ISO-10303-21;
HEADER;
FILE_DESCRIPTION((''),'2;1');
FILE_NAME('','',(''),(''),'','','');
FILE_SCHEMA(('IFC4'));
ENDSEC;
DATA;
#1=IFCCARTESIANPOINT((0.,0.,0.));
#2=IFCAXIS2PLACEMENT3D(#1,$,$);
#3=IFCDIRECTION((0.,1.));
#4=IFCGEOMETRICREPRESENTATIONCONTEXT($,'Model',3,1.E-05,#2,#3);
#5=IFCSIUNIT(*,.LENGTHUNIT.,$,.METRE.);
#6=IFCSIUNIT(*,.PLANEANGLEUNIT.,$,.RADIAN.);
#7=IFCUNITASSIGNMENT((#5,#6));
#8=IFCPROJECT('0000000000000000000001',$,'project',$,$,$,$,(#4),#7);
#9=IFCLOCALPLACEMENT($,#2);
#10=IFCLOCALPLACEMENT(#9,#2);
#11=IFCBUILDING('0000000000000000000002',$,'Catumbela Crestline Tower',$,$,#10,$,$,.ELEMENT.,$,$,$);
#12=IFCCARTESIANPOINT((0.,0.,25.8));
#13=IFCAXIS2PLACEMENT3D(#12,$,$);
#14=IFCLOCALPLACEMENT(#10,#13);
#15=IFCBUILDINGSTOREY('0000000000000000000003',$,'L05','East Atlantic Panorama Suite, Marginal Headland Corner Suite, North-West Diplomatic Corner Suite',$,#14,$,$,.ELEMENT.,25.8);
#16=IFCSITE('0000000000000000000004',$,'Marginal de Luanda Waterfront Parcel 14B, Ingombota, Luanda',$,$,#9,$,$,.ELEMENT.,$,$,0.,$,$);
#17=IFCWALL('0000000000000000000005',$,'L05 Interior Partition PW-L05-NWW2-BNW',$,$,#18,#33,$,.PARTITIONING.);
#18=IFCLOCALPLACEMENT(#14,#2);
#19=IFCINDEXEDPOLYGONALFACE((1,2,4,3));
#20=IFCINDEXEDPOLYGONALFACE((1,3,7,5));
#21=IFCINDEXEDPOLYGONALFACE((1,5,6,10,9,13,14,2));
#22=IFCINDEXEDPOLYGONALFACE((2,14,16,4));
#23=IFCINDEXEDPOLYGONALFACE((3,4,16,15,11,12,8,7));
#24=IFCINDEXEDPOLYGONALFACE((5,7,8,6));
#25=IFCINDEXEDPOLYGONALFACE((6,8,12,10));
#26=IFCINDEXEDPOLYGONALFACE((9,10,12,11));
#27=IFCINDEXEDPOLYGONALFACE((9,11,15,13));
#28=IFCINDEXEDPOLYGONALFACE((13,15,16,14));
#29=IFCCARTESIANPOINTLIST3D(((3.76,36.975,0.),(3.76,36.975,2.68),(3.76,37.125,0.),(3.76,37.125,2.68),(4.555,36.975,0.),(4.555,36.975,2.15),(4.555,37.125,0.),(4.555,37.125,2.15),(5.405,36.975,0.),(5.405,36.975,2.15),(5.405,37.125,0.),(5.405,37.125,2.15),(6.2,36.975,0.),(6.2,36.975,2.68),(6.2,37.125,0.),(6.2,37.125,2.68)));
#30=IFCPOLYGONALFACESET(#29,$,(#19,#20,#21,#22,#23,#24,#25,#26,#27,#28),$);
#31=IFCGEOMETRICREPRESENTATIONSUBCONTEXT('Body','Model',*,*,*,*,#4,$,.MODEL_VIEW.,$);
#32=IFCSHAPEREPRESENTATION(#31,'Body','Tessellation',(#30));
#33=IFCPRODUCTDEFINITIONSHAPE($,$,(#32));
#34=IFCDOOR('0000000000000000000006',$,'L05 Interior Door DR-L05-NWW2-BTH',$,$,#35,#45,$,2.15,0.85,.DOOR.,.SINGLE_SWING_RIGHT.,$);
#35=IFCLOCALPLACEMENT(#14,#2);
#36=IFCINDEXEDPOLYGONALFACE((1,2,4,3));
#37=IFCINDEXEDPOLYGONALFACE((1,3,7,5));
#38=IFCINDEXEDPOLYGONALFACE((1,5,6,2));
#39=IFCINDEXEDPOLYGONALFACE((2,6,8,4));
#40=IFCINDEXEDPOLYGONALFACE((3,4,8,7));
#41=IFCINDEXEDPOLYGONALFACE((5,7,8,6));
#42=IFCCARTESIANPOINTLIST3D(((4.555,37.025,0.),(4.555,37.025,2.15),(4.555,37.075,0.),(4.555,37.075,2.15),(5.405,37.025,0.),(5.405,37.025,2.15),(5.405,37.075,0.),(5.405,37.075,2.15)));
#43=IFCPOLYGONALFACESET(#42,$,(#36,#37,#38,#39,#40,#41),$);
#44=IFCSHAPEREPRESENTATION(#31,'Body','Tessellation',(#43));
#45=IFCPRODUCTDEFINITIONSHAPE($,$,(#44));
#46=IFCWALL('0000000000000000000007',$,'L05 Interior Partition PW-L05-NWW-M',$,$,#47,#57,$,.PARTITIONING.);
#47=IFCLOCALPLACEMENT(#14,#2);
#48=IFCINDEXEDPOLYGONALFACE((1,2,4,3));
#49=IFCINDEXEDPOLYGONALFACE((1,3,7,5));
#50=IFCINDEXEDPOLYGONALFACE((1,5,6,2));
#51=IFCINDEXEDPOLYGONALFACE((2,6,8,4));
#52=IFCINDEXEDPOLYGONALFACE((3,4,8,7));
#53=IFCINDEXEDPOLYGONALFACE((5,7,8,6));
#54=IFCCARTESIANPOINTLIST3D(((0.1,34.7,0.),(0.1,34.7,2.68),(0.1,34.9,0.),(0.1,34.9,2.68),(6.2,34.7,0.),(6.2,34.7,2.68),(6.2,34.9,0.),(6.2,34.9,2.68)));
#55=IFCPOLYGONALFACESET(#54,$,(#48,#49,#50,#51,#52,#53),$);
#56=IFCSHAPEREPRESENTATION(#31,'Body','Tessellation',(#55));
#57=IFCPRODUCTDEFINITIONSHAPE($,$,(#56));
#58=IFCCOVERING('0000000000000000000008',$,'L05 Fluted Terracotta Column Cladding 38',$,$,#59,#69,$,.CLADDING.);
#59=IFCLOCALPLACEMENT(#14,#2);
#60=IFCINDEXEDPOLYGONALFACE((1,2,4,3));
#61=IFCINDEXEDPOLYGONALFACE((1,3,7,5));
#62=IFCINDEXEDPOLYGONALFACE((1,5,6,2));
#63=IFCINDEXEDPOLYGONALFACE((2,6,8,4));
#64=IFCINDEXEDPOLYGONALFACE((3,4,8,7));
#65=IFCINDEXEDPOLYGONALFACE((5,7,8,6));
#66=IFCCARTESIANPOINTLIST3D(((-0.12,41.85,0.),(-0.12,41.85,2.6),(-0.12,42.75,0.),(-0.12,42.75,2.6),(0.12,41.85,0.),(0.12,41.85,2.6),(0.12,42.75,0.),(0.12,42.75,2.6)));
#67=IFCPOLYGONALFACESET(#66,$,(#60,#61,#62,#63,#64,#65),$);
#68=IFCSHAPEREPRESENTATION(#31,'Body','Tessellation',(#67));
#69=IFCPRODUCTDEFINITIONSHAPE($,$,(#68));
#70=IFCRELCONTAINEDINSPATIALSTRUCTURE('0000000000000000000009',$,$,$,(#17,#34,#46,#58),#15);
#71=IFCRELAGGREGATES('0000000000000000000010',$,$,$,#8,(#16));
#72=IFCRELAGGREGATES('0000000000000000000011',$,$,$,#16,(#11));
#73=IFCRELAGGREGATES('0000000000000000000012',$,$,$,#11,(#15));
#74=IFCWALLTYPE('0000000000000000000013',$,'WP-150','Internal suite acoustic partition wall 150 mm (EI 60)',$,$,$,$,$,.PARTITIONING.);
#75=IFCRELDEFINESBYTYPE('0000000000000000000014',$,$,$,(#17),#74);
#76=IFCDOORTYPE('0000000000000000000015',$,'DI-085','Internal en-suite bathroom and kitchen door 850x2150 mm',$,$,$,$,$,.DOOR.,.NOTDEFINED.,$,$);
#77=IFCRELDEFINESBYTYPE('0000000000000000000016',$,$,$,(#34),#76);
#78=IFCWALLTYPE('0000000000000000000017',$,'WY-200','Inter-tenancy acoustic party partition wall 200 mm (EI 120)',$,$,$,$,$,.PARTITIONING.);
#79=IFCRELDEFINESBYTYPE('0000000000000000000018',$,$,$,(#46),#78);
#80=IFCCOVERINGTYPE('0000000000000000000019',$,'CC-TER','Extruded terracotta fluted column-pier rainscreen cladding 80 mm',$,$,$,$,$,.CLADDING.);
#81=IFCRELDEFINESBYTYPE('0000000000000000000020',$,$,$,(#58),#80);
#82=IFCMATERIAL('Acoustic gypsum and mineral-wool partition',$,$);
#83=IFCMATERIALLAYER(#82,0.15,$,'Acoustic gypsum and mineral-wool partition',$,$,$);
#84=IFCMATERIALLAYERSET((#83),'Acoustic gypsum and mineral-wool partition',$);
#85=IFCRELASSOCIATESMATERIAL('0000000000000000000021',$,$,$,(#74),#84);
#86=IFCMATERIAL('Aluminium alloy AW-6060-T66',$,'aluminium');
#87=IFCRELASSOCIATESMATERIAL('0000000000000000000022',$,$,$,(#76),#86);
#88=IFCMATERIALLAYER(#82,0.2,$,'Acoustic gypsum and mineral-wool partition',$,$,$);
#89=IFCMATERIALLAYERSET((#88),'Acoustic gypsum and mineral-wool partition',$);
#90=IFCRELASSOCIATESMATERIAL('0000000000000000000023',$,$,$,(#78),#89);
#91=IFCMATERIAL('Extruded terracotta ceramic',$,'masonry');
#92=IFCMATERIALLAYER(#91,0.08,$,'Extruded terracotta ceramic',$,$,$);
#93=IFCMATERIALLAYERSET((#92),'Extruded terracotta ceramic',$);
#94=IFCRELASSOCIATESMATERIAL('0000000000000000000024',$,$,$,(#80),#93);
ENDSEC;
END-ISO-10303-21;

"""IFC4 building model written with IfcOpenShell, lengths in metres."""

from ifc_helpers import new_model, si_unit, direction, frame, frame_2d, origin, origin_2d, place, context, subcontext, project, spatial, rectangle, extrude, material, layer, layer_set, type_object, element, fill, save


model = new_model("IFC4")

# Units and contexts
model_context = context("Model", 3, precision=1e-05, world=origin(), true_north=direction((0.0, 1.0)))
body_context = subcontext(model_context, "Body", "Model", "MODEL_VIEW")
ifc_project = project(units=[si_unit("LENGTHUNIT", "METRE"), si_unit("PLANEANGLEUNIT", "RADIAN")], contexts=[model_context])

# Site, building, storey
site_placement = place(None, origin())
site = spatial("IfcSite", under=ifc_project, at=site_placement, Name="Marginal de Luanda Waterfront Parcel 14B, Ingombota, Luanda", CompositionType="ELEMENT", RefElevation=0.0)
building_placement = place(site_placement, origin())
building = spatial("IfcBuilding", under=site, at=building_placement, Name="Catumbela Crestline Tower", CompositionType="ELEMENT")
storey_placement = place(building_placement, frame((0.0, 0.0, 25.8)))
storey = spatial("IfcBuildingStorey", under=building, at=storey_placement, Name="L05", Description="East Atlantic Panorama Suite, Marginal Headland Corner Suite, North-West Diplomatic Corner Suite", CompositionType="ELEMENT", Elevation=25.8)

# Shared definitions
ifc_material_1 = material(Name="Aluminium alloy AW-6060-T66", Category="aluminium")

# Shared definitions
ifc_material_2 = material(Name="Acoustic gypsum and mineral-wool partition")

# Shared definitions
ifc_layer_1 = layer(ifc_material_2, 0.15, Name="Acoustic gypsum and mineral-wool partition")
ifc_layer_set_1 = layer_set([ifc_layer_1], Name="Acoustic gypsum and mineral-wool partition")
wall_type_1 = type_object("IfcWallType", Name="WP-150", Description="Internal suite acoustic partition wall 150 mm (EI 60)", PredefinedType="PARTITIONING", material=ifc_layer_set_1)

# Wall, opening, door
wall_1_placement = place(storey_placement, frame((3.76, 37.05, 0.0), z_axis=(0.0, 0.0, 1.0), x_axis=(1.0, 0.0, 0.0)))
wall_1 = element("IfcWall", 1, at=wall_1_placement, inside=storey, type_object=wall_type_1, Name="L05 Interior Partition PW-L05-NWW2-BNW", PredefinedType="PARTITIONING", context=body_context, shape_type="SweptSolid", body=[
    extrude(rectangle(XDim=2.44, YDim=0.15, at=frame_2d((1.22, 0.0))), origin(), (0.0, 0.0, 1.0), 2.68),
])
opening_1_placement = place(wall_1_placement, frame((0.795, 0.0, 0.0)))
opening_1 = element("IfcOpeningElement", 2, at=opening_1_placement, cuts=wall_1, PredefinedType="OPENING", context=body_context, shape_type="SweptSolid", body=[
    extrude(rectangle(XDim=0.85, YDim=2.15, at=frame_2d((0.425, 1.075))), frame((0.0, 0.085, 0.0), z_axis=(0.0, -1.0, 0.0), x_axis=(1.0, 0.0, 0.0)), (0.0, 0.0, 1.0), 0.17),
])
door_type_1 = type_object("IfcDoorType", Name="DI-085", Description="Internal en-suite bathroom and kitchen door 850x2150 mm", OperationType="NOTDEFINED", PredefinedType="DOOR", material=ifc_material_1)
door_1_placement = place(opening_1_placement, origin())
door_1 = element("IfcDoor", 3, at=door_1_placement, inside=storey, type_object=door_type_1, Name="L05 Interior Door DR-L05-NWW2-BTH", OperationType="SINGLE_SWING_RIGHT", OverallHeight=2.15, OverallWidth=0.85, PredefinedType="DOOR", context=body_context, shape_type="SweptSolid", body=[
    extrude(rectangle(XDim=0.85, YDim=2.15, at=frame_2d((0.425, 1.075))), frame((0.0, 0.025, 0.0), z_axis=(0.0, -1.0, 0.0), x_axis=(1.0, 0.0, 0.0)), (0.0, 0.0, 1.0), 0.05),
])
fill(opening_1, door_1)

# Wall
ifc_layer_2 = layer(ifc_material_2, 0.2, Name="Acoustic gypsum and mineral-wool partition")
ifc_layer_set_2 = layer_set([ifc_layer_2], Name="Acoustic gypsum and mineral-wool partition")
wall_type_2 = type_object("IfcWallType", Name="WY-200", Description="Inter-tenancy acoustic party partition wall 200 mm (EI 120)", PredefinedType="PARTITIONING", material=ifc_layer_set_2)
wall_2_placement = place(storey_placement, frame((0.1, 34.8, 0.0), z_axis=(0.0, 0.0, 1.0), x_axis=(1.0, 0.0, 0.0)))
element("IfcWall", 4, at=wall_2_placement, inside=storey, type_object=wall_type_2, Name="L05 Interior Partition PW-L05-NWW-M", PredefinedType="PARTITIONING", context=body_context, shape_type="SweptSolid", body=[
    extrude(rectangle(XDim=6.1, YDim=0.2, at=frame_2d((3.05, 0.0))), origin(), (0.0, 0.0, 1.0), 2.68),
])

# Covering
ifc_material_3 = material(Name="Extruded terracotta ceramic", Category="masonry")
ifc_layer_3 = layer(ifc_material_3, 0.08, Name="Extruded terracotta ceramic")
ifc_layer_set_3 = layer_set([ifc_layer_3], Name="Extruded terracotta ceramic")
covering_type = type_object("IfcCoveringType", Name="CC-TER", Description="Extruded terracotta fluted column-pier rainscreen cladding 80 mm", PredefinedType="CLADDING", material=ifc_layer_set_3)
covering_placement = place(storey_placement, frame((0.0, 42.3, 0.0), z_axis=(0.0, 0.0, 1.0), x_axis=(0.0, -1.0, 0.0)))
element("IfcCovering", 5, at=covering_placement, inside=storey, type_object=covering_type, Name="L05 Fluted Terracotta Column Cladding 38", PredefinedType="CLADDING", context=body_context, shape_type="SweptSolid", body=[
    extrude(rectangle(XDim=0.9, YDim=0.24, at=origin_2d()), origin(), (0.0, 0.0, 1.0), 2.6),
])

save(model, "model.ifc")
